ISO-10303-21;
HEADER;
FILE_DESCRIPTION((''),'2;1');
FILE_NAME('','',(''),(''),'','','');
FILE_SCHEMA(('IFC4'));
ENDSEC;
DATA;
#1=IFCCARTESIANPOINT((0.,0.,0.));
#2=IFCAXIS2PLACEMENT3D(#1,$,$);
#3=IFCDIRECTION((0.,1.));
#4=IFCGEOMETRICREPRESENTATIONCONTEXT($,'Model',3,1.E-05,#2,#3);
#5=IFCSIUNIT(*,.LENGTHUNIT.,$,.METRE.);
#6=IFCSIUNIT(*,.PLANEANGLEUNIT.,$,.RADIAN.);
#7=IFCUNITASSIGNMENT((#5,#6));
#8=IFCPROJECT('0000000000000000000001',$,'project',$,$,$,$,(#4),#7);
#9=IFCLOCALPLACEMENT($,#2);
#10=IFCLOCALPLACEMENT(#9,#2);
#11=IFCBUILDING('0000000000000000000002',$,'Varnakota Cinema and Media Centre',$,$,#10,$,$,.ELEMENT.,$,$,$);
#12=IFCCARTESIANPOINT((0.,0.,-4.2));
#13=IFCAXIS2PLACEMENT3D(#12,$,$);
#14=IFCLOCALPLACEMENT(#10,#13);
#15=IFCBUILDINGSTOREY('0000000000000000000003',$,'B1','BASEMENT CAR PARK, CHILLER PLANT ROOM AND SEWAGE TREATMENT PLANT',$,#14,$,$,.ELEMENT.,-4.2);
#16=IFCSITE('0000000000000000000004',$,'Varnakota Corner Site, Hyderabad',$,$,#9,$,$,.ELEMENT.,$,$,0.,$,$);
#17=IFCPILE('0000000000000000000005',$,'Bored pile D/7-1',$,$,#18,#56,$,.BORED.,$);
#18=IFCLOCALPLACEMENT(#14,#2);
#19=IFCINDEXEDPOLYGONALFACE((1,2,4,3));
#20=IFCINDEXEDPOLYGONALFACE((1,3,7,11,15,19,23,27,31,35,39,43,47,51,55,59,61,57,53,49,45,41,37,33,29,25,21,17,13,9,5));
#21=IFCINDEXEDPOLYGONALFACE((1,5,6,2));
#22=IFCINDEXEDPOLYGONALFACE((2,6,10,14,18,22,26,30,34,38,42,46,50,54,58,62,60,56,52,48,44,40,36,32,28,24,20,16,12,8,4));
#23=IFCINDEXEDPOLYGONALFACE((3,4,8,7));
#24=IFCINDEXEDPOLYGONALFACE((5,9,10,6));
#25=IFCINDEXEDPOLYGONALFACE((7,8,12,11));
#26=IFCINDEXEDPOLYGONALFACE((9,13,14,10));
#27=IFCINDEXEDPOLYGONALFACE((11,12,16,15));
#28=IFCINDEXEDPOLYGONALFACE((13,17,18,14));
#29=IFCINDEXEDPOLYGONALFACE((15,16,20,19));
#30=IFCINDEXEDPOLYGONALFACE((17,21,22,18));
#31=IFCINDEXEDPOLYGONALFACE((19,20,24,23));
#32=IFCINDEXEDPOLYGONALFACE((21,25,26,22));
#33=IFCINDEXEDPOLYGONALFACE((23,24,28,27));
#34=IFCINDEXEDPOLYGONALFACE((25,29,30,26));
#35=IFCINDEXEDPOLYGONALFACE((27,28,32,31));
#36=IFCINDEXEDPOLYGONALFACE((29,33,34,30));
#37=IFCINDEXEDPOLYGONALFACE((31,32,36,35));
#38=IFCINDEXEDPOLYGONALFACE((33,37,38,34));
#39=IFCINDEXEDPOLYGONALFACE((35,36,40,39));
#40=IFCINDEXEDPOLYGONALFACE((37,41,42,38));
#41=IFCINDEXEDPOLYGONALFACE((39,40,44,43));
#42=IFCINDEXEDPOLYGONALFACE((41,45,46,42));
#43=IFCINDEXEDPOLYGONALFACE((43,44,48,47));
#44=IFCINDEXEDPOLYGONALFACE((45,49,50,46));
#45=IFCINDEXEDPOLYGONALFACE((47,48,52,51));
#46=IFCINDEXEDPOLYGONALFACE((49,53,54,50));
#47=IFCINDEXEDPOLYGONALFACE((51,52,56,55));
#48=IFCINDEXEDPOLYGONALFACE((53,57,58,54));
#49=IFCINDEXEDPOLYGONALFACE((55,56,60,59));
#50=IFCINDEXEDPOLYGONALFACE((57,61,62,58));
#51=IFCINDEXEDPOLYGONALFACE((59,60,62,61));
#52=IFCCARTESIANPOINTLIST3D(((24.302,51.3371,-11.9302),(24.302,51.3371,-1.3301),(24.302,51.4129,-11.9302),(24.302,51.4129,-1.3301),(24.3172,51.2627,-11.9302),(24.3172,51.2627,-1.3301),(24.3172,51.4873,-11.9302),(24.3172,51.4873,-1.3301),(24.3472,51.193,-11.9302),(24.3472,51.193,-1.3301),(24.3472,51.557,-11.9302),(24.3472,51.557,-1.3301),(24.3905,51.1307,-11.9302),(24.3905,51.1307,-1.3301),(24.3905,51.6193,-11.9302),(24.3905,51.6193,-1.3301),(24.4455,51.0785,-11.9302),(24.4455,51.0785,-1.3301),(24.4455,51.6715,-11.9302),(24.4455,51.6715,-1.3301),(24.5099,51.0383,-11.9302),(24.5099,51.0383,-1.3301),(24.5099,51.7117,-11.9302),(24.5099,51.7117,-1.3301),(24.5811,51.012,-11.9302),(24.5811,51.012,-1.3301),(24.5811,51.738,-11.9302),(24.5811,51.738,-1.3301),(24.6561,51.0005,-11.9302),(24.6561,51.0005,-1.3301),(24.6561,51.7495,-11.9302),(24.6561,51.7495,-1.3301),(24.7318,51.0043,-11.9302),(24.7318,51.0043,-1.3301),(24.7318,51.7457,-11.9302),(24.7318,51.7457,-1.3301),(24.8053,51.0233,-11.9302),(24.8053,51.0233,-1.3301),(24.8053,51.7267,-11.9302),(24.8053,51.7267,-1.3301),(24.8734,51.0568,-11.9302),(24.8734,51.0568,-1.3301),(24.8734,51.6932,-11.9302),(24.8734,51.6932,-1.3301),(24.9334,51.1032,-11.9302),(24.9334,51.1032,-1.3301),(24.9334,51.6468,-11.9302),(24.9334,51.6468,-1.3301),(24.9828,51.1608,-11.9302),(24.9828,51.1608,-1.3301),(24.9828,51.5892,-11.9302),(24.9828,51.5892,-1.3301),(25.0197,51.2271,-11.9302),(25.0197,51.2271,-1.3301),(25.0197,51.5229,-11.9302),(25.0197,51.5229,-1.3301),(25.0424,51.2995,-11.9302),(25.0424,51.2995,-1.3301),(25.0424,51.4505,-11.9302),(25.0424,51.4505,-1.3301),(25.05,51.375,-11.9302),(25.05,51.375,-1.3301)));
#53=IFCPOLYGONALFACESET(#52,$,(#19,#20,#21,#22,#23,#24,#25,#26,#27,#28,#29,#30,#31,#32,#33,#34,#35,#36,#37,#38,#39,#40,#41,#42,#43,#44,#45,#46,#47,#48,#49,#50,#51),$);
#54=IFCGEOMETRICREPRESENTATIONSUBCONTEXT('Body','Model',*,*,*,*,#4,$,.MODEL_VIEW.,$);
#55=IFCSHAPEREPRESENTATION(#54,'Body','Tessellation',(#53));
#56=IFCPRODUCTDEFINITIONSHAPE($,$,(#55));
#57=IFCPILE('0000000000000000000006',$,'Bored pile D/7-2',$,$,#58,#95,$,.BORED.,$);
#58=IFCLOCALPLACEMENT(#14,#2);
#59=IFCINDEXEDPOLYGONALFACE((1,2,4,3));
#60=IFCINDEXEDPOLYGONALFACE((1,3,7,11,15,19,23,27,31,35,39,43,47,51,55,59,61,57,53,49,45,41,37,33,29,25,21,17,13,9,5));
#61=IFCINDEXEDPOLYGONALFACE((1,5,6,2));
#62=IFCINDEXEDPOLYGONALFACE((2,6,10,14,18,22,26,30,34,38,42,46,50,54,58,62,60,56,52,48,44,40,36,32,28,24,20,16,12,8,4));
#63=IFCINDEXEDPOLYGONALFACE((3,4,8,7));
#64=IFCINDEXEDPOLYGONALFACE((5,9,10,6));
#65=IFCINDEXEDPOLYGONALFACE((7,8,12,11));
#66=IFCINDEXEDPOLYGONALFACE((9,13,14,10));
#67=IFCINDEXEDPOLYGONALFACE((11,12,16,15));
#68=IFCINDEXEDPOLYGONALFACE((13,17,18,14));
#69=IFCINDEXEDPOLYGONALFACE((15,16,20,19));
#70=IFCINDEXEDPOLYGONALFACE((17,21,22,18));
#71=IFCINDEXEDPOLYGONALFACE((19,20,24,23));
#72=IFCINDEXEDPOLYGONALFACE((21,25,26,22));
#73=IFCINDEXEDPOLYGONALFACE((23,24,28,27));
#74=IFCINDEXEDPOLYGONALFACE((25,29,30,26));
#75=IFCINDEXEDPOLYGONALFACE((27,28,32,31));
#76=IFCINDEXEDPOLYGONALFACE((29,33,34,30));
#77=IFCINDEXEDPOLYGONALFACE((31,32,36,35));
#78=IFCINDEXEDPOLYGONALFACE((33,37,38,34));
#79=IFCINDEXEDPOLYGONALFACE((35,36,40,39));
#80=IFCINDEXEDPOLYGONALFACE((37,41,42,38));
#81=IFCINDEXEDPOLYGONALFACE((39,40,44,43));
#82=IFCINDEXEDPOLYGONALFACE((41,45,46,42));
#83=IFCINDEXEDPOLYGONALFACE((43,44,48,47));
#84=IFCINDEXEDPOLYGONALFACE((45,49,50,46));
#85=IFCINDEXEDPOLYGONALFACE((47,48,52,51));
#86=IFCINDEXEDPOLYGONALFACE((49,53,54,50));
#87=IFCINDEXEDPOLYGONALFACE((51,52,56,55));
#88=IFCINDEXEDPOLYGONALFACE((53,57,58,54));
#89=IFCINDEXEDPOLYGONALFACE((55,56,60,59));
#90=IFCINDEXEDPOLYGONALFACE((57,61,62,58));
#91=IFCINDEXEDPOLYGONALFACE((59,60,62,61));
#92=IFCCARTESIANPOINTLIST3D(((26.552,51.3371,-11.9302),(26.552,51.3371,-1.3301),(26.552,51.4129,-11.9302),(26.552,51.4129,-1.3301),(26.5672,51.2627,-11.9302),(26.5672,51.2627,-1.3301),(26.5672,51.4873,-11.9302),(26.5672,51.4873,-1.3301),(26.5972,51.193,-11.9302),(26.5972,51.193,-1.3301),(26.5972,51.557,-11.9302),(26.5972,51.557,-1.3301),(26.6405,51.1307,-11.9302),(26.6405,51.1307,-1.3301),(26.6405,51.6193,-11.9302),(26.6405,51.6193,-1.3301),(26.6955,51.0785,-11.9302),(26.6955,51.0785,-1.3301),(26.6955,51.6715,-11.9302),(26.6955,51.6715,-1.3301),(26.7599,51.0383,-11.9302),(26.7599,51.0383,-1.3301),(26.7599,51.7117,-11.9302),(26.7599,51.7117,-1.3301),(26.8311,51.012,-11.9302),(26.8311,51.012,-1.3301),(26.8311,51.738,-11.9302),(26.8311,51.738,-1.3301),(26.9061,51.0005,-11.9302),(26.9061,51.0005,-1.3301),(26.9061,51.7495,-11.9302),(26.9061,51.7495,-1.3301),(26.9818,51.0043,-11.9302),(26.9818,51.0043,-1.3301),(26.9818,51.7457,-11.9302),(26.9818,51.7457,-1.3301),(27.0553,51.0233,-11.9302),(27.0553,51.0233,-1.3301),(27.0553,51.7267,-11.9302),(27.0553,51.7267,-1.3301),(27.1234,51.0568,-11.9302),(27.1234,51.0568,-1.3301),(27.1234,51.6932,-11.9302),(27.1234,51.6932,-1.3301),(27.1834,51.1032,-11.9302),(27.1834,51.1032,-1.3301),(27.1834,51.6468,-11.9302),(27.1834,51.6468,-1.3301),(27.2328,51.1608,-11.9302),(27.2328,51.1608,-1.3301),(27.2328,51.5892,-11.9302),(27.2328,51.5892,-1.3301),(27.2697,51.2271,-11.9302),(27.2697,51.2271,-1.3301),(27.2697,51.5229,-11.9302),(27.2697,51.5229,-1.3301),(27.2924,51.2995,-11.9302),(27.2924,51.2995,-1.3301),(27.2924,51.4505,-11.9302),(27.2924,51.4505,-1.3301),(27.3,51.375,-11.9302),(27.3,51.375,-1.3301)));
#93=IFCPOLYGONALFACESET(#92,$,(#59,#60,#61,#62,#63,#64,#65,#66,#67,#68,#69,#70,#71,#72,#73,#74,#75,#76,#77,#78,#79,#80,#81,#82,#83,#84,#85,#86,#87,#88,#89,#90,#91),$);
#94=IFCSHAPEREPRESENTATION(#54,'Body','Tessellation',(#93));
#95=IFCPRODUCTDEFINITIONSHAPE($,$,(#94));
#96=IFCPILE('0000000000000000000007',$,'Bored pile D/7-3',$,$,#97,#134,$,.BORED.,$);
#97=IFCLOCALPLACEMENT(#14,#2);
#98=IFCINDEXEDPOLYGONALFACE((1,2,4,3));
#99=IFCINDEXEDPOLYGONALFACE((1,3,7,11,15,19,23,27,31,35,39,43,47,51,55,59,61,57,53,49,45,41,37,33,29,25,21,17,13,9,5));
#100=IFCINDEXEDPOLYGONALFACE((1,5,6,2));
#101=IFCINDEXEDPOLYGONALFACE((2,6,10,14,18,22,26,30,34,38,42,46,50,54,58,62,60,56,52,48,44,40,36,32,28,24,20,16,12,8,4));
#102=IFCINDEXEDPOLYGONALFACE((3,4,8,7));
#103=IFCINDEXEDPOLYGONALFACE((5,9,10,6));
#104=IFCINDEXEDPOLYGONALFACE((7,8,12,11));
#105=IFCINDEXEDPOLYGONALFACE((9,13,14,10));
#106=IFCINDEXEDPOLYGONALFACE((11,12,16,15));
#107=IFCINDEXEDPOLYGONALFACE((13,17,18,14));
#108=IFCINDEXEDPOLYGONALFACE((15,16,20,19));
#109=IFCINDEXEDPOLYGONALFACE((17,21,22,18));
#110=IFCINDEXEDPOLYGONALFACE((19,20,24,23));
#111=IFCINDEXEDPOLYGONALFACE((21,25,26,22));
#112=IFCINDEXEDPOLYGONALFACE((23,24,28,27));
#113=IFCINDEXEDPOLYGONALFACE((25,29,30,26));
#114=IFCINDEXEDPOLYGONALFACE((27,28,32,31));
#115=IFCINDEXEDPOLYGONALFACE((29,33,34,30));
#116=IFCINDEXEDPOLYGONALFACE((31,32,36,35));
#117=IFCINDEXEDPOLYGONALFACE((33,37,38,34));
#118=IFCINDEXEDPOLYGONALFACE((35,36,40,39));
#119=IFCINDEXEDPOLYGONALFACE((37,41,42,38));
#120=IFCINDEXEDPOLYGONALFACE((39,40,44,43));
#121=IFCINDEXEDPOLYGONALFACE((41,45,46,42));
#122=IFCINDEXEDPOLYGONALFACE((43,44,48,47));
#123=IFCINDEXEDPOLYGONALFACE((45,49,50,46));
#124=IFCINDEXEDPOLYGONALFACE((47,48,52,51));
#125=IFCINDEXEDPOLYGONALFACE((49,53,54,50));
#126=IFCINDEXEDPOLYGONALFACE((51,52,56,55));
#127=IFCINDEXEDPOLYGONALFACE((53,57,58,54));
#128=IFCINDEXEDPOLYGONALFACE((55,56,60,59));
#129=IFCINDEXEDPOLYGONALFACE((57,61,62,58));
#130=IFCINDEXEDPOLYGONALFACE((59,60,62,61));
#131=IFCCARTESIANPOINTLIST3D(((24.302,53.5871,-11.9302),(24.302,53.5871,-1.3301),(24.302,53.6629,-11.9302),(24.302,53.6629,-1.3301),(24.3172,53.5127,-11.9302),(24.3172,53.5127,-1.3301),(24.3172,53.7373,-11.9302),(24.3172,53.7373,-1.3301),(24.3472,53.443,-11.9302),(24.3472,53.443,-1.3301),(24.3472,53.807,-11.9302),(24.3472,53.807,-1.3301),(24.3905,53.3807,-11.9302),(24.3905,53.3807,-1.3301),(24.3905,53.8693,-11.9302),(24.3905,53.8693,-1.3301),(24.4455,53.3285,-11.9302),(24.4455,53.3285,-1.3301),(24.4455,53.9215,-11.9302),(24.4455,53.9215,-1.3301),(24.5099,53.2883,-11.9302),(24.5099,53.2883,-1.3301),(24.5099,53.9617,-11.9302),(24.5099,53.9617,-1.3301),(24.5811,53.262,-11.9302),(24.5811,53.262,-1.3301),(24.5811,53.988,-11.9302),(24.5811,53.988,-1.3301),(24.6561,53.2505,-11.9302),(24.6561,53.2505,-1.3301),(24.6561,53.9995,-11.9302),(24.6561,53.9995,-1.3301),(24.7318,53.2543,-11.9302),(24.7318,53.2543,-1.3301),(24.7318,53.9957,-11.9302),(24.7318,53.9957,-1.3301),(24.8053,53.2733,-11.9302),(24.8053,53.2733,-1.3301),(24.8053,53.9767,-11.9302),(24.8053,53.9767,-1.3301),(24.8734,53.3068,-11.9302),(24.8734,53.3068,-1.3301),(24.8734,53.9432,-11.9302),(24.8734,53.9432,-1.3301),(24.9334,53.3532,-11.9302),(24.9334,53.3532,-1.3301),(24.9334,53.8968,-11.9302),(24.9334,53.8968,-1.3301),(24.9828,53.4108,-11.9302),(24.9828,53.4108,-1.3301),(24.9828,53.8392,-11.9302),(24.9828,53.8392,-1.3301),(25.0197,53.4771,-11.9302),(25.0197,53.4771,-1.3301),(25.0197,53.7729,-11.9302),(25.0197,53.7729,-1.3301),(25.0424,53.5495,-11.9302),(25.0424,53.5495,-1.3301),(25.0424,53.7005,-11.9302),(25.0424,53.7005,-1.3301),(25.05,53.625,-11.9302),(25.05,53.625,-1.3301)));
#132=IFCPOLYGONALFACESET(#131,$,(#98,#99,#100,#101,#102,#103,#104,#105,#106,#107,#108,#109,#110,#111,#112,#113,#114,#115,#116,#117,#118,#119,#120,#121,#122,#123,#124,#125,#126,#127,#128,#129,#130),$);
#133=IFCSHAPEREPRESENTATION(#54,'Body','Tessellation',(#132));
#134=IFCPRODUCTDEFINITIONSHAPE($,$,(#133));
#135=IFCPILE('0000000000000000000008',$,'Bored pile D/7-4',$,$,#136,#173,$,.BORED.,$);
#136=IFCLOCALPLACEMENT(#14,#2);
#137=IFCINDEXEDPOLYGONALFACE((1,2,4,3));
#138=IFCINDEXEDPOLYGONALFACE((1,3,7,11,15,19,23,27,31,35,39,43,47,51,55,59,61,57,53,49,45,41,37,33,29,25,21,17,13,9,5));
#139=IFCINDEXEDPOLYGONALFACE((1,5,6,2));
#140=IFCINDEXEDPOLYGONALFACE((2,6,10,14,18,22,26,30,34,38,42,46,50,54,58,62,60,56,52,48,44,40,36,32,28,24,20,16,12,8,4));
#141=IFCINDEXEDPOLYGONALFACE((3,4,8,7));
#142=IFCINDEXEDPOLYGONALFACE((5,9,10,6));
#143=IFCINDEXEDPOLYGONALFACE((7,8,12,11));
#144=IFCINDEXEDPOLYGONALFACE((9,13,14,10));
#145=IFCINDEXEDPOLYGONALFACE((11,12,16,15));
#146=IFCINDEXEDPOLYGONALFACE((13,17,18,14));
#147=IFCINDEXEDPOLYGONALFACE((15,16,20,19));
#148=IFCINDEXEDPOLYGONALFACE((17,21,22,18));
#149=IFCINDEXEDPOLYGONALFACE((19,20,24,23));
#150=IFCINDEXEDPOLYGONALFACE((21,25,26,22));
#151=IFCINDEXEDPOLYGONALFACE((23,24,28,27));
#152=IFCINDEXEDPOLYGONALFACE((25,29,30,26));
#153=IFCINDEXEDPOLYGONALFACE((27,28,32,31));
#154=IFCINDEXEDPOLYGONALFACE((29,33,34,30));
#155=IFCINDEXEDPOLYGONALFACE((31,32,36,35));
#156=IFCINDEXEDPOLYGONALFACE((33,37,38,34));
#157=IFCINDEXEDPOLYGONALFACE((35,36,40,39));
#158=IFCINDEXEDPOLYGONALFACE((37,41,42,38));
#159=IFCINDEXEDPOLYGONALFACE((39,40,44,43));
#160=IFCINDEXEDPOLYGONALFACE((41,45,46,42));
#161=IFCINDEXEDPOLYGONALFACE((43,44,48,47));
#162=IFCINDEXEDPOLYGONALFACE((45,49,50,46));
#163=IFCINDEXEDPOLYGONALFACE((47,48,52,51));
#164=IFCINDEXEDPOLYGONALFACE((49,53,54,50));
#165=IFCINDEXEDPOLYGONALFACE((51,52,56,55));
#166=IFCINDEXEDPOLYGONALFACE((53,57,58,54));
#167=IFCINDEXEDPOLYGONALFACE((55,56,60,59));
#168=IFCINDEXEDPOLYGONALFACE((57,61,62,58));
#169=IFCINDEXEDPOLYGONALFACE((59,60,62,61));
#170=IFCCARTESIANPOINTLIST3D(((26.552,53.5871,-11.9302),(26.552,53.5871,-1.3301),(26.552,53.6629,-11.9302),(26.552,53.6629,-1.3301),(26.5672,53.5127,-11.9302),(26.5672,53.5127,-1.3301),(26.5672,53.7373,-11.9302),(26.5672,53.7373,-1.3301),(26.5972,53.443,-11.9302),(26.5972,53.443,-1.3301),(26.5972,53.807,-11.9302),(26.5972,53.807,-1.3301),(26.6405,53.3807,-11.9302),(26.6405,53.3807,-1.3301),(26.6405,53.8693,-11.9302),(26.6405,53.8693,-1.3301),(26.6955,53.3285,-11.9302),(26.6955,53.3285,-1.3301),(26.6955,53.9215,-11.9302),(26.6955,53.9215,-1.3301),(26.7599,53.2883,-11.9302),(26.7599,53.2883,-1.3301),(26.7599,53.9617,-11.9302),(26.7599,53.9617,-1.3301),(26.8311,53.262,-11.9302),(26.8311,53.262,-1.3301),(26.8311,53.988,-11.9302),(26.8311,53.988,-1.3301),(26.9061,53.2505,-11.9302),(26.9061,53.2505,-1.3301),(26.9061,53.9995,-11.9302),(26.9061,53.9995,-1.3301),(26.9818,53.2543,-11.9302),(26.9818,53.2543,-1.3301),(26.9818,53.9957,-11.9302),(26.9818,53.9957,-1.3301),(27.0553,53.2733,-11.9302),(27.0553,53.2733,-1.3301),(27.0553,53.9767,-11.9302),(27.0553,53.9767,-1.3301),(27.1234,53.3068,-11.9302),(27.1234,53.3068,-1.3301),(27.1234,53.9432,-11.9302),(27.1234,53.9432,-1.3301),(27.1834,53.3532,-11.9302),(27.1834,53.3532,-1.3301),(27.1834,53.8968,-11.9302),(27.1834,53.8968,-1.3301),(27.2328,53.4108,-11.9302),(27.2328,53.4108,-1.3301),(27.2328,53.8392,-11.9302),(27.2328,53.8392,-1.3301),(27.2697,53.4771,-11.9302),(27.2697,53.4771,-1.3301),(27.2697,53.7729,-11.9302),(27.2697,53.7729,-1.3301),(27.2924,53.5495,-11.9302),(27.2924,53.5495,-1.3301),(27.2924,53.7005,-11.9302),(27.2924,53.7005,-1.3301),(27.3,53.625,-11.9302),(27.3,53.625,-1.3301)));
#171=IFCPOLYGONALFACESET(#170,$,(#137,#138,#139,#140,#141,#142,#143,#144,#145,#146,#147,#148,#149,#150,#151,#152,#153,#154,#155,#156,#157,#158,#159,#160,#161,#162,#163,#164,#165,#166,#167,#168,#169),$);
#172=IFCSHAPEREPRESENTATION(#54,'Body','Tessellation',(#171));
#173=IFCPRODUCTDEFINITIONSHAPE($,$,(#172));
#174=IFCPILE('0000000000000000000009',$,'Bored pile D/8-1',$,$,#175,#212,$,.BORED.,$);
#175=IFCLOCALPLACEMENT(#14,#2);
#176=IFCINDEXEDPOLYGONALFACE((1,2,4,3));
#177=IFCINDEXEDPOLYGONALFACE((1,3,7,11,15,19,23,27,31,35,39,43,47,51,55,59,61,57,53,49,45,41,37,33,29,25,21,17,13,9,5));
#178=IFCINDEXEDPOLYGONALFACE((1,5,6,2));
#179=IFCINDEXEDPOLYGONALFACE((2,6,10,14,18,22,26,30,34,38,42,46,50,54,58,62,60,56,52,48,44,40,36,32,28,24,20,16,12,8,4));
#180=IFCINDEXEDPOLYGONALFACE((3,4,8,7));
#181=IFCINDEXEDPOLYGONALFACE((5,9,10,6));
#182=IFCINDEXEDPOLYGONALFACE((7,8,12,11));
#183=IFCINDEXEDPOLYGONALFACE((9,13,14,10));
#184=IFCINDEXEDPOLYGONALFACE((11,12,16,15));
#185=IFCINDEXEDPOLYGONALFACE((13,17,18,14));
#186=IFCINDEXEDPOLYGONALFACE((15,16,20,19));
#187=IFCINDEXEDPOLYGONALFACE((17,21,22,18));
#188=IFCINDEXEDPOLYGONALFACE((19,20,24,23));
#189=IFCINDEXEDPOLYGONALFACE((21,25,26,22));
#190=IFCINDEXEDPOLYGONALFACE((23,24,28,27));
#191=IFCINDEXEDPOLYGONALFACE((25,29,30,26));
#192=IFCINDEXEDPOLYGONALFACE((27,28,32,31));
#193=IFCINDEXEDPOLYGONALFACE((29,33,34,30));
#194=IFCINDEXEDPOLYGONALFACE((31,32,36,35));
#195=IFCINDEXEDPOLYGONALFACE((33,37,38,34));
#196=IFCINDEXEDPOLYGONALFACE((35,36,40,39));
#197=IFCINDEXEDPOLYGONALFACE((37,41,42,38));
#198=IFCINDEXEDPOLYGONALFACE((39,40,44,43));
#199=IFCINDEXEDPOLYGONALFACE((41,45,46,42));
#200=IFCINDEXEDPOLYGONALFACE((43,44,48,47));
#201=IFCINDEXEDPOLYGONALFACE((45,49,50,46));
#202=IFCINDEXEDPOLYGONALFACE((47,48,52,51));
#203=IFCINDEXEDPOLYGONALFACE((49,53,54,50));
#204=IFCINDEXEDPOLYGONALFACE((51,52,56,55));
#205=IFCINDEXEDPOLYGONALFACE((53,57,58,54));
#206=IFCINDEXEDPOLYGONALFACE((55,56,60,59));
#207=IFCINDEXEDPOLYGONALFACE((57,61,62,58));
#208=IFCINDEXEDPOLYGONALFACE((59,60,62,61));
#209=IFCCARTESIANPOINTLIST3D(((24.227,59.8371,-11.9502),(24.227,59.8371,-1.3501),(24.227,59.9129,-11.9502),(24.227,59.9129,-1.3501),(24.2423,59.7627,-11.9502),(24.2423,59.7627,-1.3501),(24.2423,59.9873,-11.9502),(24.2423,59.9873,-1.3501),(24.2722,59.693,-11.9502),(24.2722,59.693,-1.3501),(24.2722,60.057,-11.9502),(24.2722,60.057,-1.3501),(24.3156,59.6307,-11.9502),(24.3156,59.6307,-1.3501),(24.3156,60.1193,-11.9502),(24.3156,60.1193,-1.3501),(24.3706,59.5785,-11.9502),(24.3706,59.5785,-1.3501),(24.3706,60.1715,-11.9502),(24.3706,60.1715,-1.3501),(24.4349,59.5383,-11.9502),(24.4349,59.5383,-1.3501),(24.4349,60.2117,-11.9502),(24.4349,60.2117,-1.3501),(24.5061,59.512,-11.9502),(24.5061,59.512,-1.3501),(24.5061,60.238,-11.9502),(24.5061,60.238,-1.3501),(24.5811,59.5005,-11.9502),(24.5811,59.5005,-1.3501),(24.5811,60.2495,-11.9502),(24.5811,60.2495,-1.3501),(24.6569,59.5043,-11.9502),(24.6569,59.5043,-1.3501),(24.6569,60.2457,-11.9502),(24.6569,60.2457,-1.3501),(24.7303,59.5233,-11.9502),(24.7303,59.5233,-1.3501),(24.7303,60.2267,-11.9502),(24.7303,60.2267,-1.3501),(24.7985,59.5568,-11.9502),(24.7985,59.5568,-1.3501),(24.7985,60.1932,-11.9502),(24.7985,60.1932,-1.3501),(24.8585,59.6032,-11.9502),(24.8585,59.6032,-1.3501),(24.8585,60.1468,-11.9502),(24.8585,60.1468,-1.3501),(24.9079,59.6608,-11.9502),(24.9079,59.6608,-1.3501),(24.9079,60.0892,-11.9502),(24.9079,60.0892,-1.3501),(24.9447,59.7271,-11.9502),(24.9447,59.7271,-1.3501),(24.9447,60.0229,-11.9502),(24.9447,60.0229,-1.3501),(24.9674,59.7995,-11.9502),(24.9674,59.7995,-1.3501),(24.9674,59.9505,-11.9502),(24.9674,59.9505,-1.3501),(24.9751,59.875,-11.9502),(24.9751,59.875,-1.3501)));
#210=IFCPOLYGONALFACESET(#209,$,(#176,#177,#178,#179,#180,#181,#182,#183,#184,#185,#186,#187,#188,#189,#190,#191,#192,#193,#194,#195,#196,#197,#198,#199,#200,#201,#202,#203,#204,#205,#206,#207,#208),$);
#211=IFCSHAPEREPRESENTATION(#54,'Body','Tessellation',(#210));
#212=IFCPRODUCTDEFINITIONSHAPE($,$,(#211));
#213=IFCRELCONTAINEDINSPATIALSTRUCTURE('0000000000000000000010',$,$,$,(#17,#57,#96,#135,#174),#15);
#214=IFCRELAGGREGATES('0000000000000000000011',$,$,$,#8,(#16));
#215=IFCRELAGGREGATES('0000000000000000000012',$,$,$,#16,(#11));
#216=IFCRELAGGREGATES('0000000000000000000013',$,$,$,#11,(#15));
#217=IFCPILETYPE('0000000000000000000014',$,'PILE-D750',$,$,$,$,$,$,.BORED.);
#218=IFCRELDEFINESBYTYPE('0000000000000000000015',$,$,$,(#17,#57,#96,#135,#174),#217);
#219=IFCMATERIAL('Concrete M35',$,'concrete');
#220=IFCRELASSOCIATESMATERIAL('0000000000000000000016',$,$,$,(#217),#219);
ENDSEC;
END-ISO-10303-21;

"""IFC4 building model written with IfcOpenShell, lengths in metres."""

from ifc_helpers import new_model, si_unit, direction, frame, origin, origin_2d, place, context, subcontext, project, spatial, circle, extrude, material, material_profile, profile_set, type_object, element, save


model = new_model("IFC4")

# Units and contexts
model_context = context("Model", 3, precision=1e-05, world=origin(), true_north=direction((0.0, 1.0)))
body_context = subcontext(model_context, "Body", "Model", "MODEL_VIEW")
ifc_project = project(units=[si_unit("LENGTHUNIT", "METRE"), si_unit("PLANEANGLEUNIT", "RADIAN")], contexts=[model_context])

# Site, building, storey
site_placement = place(None, origin())
site = spatial("IfcSite", under=ifc_project, at=site_placement, Name="Varnakota Corner Site, Hyderabad", CompositionType="ELEMENT", RefElevation=0.0)
building_placement = place(site_placement, origin())
building = spatial("IfcBuilding", under=site, at=building_placement, Name="Varnakota Cinema and Media Centre", CompositionType="ELEMENT")
storey_placement = place(building_placement, frame((0.0, 0.0, -4.2)))
storey = spatial("IfcBuildingStorey", under=building, at=storey_placement, Name="B1", Description="BASEMENT CAR PARK, CHILLER PLANT ROOM AND SEWAGE TREATMENT PLANT", CompositionType="ELEMENT", Elevation=-4.2)

# Piles
ifc_material_1 = material(Name="Concrete M35", Category="concrete")
ifc_material_profile_1 = material_profile(ifc_material_1, circle(Radius=0.375, at=origin_2d()), Name="PILE D750")
ifc_profile_set_1 = profile_set([ifc_material_profile_1], Name="Concrete M35")
pile_type_1 = type_object("IfcPileType", Name="PILE-D750", PredefinedType="BORED", material=ifc_profile_set_1)
for number, where, z_axis, x_axis, name in (
    (1, (24.675, 51.375, -1.3301), (0.0, 0.0, -1.0), (1.0, 0.0, 0.0), "Bored pile D/7-1"),
    (2, (26.925, 51.375, -1.3301), (0.0, 0.0, -1.0), (1.0, 0.0, 0.0), "Bored pile D/7-2"),
    (3, (24.675, 53.625, -1.3301), (0.0, 0.0, -1.0), (1.0, 0.0, 0.0), "Bored pile D/7-3"),
    (4, (26.925, 53.625, -1.3301), (0.0, 0.0, -1.0), (1.0, 0.0, 0.0), "Bored pile D/7-4"),
    (5, (24.6001, 59.875, -1.3501), (0.0, 0.0, -1.0), (1.0, 0.0, 0.0), "Bored pile D/8-1"),
):
    element("IfcPile", number, at=place(storey_placement, frame(where, z_axis=z_axis, x_axis=x_axis)), inside=storey, type_object=pile_type_1, Name=name, PredefinedType="BORED", context=body_context, shape_type="SweptSolid", body=[
        extrude(circle(Radius=0.375, at=origin_2d()), origin(), (0.0, 0.0, 1.0), 10.6001),
    ])

save(model, "model.ifc")
